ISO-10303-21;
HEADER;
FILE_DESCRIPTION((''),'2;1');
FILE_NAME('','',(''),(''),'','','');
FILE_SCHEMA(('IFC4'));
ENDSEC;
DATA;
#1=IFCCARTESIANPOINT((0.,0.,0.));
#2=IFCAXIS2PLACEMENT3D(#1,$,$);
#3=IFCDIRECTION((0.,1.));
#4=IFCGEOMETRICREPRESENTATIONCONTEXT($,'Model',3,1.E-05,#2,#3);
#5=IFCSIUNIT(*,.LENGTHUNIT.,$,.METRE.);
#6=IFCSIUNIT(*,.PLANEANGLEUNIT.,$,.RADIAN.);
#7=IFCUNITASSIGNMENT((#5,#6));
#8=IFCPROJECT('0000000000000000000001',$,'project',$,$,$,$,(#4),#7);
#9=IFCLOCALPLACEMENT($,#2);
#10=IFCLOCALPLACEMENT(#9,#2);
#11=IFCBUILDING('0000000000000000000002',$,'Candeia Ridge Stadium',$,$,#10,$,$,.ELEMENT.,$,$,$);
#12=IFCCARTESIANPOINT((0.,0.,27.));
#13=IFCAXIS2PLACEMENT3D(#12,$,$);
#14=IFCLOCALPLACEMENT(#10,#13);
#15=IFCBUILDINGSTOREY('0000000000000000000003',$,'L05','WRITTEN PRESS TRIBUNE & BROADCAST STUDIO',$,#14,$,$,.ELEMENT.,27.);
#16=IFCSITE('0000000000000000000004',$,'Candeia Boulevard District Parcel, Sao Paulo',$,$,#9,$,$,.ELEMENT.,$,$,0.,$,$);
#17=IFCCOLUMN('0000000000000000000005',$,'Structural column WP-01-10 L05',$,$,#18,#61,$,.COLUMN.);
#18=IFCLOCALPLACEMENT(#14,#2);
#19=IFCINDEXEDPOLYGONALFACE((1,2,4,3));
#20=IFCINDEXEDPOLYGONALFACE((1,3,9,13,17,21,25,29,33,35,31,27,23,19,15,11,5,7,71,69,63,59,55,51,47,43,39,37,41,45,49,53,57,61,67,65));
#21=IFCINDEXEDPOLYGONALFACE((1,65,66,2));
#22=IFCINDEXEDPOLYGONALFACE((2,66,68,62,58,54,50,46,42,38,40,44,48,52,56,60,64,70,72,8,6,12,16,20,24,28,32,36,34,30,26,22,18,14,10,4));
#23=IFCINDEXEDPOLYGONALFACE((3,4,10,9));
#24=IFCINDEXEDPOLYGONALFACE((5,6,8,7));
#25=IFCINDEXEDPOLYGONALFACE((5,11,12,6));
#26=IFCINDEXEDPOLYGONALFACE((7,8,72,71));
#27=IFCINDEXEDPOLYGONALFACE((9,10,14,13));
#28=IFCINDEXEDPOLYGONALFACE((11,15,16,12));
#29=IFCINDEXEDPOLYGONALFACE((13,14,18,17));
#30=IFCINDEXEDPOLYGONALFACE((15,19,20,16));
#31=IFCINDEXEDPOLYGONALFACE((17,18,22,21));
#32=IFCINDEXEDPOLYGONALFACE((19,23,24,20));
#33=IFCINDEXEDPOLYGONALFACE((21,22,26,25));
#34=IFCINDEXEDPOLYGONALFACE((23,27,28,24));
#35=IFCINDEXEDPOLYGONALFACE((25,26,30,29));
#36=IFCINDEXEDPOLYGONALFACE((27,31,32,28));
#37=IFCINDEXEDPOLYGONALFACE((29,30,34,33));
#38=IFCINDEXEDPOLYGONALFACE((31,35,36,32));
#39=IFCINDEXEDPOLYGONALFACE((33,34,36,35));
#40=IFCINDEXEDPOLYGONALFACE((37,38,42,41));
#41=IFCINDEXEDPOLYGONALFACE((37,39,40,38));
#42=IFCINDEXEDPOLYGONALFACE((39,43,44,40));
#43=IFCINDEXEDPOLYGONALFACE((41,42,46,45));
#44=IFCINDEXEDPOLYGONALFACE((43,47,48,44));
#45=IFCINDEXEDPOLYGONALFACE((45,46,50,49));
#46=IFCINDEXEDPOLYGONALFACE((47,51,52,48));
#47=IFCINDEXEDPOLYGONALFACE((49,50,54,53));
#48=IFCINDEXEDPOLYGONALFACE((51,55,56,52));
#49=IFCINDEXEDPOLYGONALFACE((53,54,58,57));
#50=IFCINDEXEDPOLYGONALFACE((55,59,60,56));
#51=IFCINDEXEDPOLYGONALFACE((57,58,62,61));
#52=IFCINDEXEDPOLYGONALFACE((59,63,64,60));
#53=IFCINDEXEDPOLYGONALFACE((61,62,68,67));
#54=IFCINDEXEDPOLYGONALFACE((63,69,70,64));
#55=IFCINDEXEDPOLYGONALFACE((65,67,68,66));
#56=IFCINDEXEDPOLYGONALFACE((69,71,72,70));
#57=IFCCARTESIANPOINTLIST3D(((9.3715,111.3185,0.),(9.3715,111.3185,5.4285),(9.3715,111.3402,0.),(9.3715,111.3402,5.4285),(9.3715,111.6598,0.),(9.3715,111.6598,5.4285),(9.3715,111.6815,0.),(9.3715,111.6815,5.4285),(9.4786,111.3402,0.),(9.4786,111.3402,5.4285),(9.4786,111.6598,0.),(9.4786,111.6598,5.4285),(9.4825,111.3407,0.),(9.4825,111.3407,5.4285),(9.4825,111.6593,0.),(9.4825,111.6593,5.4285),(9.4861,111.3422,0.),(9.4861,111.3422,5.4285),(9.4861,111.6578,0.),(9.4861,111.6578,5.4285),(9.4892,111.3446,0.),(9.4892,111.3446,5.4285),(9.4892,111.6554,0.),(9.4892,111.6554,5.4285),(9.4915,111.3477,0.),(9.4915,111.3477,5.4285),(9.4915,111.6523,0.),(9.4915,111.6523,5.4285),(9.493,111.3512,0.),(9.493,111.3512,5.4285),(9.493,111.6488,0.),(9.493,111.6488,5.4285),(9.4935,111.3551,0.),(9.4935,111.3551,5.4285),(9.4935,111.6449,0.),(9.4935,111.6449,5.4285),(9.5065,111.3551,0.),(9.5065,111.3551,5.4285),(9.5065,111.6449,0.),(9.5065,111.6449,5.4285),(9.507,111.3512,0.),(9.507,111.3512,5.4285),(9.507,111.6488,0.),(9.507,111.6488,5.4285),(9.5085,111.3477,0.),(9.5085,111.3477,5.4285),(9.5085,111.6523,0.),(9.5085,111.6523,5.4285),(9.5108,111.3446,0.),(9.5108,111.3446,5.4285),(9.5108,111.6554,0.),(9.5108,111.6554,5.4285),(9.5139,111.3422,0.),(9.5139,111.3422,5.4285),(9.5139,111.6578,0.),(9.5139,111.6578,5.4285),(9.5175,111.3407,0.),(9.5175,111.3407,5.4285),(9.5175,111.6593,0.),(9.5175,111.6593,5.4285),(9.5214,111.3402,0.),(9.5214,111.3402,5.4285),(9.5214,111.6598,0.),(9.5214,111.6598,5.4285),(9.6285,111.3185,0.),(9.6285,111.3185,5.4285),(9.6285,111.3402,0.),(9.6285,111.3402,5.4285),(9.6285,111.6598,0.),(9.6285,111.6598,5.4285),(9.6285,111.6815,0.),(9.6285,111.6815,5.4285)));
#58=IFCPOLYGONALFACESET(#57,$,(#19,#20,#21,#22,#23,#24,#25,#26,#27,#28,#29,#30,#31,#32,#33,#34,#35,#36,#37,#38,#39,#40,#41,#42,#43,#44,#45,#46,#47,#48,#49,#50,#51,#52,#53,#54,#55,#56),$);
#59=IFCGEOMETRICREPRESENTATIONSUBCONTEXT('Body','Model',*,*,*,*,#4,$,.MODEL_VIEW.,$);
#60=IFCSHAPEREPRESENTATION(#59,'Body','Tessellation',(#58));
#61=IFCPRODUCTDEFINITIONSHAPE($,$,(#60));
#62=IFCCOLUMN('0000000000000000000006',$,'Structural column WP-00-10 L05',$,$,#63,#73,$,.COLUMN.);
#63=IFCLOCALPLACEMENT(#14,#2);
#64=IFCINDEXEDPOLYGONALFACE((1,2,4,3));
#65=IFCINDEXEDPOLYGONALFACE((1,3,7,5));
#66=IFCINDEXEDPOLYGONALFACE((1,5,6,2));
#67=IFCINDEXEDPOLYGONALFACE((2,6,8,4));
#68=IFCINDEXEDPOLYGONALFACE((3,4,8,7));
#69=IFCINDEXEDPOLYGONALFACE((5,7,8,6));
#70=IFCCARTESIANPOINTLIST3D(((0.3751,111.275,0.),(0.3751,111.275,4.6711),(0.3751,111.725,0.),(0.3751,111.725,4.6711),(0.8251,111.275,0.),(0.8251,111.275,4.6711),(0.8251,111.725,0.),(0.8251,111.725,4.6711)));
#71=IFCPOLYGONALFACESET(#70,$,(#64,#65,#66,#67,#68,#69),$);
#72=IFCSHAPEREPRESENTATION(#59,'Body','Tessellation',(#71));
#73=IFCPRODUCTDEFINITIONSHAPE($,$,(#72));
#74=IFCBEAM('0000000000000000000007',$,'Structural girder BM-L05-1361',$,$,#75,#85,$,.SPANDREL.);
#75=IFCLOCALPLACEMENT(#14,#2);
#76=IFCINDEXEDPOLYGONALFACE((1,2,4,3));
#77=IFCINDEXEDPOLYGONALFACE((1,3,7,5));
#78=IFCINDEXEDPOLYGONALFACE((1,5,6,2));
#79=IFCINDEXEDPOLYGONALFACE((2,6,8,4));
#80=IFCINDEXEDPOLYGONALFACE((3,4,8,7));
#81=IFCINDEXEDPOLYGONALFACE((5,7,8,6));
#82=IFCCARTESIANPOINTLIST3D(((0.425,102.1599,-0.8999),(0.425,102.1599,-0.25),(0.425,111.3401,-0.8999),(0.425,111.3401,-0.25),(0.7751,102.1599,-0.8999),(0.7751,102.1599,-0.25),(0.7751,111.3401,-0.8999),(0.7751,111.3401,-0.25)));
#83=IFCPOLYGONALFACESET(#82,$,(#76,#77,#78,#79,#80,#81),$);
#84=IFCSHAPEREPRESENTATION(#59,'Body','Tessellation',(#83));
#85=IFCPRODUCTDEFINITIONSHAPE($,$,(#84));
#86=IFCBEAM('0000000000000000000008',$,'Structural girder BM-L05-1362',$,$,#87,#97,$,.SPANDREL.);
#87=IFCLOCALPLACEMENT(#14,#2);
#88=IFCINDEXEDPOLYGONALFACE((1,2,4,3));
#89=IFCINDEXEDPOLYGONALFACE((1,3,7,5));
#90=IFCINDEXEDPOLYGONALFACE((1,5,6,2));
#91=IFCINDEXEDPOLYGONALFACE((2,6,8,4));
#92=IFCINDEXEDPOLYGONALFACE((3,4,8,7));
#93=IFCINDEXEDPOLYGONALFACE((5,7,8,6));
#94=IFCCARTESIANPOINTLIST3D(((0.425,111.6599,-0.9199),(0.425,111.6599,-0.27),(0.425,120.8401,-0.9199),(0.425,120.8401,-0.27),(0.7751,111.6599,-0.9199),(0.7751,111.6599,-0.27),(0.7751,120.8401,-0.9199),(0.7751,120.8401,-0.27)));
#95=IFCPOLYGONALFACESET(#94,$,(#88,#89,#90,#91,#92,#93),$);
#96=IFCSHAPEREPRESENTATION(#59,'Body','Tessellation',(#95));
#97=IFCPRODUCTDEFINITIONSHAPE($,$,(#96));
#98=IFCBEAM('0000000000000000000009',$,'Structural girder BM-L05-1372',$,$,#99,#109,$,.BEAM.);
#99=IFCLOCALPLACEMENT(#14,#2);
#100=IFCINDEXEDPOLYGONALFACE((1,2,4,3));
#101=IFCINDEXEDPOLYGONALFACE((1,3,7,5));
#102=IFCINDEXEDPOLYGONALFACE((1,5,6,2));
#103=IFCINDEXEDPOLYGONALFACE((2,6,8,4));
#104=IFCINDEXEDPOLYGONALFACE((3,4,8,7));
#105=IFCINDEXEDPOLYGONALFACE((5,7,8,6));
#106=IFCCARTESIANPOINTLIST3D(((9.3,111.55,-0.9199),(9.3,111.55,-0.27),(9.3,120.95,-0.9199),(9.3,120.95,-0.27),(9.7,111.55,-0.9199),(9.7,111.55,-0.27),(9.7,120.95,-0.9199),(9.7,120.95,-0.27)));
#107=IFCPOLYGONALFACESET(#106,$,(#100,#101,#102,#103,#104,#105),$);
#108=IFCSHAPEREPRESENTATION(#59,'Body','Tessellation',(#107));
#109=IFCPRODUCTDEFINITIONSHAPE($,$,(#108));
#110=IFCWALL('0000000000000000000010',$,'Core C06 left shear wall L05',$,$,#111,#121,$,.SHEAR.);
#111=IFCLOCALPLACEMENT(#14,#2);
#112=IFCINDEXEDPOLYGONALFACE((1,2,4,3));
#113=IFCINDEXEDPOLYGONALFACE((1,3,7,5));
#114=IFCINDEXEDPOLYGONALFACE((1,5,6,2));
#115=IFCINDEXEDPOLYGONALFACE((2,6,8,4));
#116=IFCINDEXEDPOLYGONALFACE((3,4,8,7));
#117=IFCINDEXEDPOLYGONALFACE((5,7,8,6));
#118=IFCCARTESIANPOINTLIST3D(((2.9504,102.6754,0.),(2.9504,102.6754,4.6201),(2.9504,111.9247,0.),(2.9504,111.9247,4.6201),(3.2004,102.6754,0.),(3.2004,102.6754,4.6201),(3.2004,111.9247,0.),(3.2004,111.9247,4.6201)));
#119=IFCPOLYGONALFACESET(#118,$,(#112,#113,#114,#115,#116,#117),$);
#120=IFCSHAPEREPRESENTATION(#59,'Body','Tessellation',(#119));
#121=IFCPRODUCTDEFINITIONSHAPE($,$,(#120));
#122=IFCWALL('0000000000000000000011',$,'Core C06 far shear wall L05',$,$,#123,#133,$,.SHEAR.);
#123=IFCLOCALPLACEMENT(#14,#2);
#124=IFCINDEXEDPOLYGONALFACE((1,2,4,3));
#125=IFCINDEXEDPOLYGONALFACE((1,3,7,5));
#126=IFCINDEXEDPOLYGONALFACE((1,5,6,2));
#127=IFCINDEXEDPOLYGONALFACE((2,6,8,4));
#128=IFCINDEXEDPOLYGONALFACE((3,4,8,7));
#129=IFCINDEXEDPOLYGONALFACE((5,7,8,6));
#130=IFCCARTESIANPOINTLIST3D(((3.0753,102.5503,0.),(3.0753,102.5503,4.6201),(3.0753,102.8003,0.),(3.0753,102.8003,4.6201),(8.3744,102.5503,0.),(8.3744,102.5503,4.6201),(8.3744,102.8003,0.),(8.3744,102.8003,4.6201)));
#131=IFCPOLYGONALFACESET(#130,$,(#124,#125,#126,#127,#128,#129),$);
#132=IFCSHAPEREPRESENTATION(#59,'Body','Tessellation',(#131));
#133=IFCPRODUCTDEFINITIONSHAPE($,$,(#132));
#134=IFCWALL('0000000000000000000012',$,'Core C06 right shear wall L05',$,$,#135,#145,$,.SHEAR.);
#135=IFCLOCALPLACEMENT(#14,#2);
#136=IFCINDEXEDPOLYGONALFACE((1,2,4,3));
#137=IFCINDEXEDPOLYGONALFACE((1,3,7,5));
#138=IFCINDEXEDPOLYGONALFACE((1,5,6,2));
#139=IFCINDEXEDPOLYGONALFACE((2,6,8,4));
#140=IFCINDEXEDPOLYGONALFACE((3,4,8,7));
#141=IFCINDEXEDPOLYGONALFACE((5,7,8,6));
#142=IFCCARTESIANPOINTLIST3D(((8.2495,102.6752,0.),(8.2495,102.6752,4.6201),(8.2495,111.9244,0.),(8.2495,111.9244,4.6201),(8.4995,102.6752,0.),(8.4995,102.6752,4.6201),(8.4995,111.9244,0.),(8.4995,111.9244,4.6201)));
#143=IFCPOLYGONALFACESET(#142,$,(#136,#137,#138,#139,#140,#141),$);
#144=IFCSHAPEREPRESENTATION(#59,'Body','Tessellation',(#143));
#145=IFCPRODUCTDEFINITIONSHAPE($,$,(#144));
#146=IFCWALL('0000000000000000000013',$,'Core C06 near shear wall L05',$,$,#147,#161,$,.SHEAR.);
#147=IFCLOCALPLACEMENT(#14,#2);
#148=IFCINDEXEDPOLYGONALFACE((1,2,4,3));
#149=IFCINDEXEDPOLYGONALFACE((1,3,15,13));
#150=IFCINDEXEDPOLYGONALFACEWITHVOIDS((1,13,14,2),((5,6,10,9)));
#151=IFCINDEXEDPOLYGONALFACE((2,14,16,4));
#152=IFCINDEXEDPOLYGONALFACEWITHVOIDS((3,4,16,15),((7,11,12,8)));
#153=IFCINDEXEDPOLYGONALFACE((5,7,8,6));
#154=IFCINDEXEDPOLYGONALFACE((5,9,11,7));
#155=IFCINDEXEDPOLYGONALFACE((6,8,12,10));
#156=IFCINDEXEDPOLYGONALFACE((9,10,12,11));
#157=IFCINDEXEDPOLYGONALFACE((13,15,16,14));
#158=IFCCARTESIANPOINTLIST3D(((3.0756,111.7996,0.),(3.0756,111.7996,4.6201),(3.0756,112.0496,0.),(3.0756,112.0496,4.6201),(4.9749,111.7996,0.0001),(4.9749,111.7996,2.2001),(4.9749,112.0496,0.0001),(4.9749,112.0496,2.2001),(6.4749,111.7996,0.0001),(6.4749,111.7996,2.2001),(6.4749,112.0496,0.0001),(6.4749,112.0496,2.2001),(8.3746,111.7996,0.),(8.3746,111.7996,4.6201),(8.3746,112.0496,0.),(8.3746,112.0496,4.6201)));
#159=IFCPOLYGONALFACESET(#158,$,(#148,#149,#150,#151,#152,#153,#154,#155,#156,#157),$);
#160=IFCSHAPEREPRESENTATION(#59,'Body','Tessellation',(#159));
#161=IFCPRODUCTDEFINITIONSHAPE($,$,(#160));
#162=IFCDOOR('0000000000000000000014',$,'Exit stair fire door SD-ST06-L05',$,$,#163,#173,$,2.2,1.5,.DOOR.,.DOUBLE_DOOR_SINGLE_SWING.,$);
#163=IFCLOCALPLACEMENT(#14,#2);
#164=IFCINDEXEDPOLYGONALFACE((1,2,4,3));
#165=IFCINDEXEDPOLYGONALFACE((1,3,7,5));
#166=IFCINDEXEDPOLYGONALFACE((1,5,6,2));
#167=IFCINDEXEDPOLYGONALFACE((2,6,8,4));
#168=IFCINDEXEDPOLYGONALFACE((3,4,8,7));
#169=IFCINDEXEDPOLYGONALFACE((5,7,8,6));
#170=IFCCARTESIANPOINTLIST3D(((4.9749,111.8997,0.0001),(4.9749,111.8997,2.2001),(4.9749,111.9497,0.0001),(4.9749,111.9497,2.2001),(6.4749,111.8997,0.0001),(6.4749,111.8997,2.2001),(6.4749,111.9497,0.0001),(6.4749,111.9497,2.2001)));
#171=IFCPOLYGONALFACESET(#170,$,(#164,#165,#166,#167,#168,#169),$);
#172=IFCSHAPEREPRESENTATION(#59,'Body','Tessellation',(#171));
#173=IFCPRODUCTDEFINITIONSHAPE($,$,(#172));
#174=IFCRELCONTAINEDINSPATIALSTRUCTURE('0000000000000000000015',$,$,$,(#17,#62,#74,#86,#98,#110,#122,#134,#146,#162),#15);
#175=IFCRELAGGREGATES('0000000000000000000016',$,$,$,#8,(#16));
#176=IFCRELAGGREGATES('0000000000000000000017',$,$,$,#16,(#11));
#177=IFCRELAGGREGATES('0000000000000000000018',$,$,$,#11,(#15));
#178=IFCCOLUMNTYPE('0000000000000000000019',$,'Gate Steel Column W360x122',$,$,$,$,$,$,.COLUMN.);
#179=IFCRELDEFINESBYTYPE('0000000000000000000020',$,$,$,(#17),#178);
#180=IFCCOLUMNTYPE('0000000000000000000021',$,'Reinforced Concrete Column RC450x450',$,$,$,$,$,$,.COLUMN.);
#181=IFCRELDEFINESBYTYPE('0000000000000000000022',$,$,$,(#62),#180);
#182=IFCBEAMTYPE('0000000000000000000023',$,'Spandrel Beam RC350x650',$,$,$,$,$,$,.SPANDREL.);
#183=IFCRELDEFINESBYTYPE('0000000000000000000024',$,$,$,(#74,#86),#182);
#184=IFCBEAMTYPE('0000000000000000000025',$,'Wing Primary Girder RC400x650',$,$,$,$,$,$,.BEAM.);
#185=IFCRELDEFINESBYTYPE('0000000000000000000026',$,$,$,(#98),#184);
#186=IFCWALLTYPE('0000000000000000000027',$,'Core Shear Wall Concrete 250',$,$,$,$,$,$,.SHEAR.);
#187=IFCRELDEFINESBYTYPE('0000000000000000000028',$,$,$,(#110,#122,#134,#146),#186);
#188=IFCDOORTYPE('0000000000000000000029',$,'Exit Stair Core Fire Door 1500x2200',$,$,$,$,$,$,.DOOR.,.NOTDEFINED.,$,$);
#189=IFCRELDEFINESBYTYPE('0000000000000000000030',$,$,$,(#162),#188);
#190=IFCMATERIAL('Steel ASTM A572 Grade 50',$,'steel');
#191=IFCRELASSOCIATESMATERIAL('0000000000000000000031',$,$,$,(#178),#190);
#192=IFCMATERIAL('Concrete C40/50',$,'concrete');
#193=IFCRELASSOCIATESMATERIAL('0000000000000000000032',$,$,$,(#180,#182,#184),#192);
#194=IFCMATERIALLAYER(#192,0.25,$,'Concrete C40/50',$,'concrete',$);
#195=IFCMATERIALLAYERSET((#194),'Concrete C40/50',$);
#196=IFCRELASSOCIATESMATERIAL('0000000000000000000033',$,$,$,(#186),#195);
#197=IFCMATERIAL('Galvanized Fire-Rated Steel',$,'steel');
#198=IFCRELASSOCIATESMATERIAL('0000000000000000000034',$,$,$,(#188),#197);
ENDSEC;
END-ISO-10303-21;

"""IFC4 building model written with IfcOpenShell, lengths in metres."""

from ifc_helpers import new_model, si_unit, direction, frame, frame_2d, origin, origin_2d, place, context, subcontext, project, spatial, rectangle, i_section, extrude, material, layer, layer_set, material_profile, profile_set, type_object, element, fill, save


model = new_model("IFC4")

# Units and contexts
model_context = context("Model", 3, precision=1e-05, world=origin(), true_north=direction((0.0, 1.0)))
body_context = subcontext(model_context, "Body", "Model", "MODEL_VIEW")
ifc_project = project(units=[si_unit("LENGTHUNIT", "METRE"), si_unit("PLANEANGLEUNIT", "RADIAN")], contexts=[model_context])

# Site, building, storey
site_placement = place(None, origin())
site = spatial("IfcSite", under=ifc_project, at=site_placement, Name="Candeia Boulevard District Parcel, Sao Paulo", CompositionType="ELEMENT", RefElevation=0.0)
building_placement = place(site_placement, origin())
building = spatial("IfcBuilding", under=site, at=building_placement, Name="Candeia Ridge Stadium", CompositionType="ELEMENT")
storey_placement = place(building_placement, frame((0.0, 0.0, 27.0)))
storey = spatial("IfcBuildingStorey", under=building, at=storey_placement, Name="L05", Description="WRITTEN PRESS TRIBUNE & BROADCAST STUDIO", CompositionType="ELEMENT", Elevation=27.0)

# Columns
ifc_material_1 = material(Name="Steel ASTM A572 Grade 50", Category="steel")
ifc_material_profile_1 = material_profile(ifc_material_1, i_section(OverallWidth=0.2571, OverallDepth=0.363, WebThickness=0.0129, FlangeThickness=0.0217, FilletRadius=0.0149, at=origin_2d()), Name="W360x122", Category="steel")
ifc_profile_set_1 = profile_set([ifc_material_profile_1], Name="Steel ASTM A572 Grade 50")
column_type_1 = type_object("IfcColumnType", Name="Gate Steel Column W360x122", PredefinedType="COLUMN", material=ifc_profile_set_1)
column_1_placement = place(storey_placement, frame((9.5, 111.5, 0.0), z_axis=(0.0, 0.0, 1.0), x_axis=(1.0, 0.0, 0.0)))
element("IfcColumn", 1, at=column_1_placement, inside=storey, type_object=column_type_1, Name="Structural column WP-01-10 L05", PredefinedType="COLUMN", context=body_context, shape_type="SweptSolid", body=[
    extrude(i_section(OverallWidth=0.2571, OverallDepth=0.363, WebThickness=0.0129, FlangeThickness=0.0217, FilletRadius=0.0149, at=origin_2d()), origin(), (0.0, 0.0, 1.0), 5.4285),
])
ifc_material_2 = material(Name="Concrete C40/50", Category="concrete")
ifc_material_profile_2 = material_profile(ifc_material_2, rectangle(XDim=0.45, YDim=0.45, at=origin_2d()), Name="RC450x450", Category="concrete")
ifc_profile_set_2 = profile_set([ifc_material_profile_2], Name="Concrete C40/50")
column_type_2 = type_object("IfcColumnType", Name="Reinforced Concrete Column RC450x450", PredefinedType="COLUMN", material=ifc_profile_set_2)
column_2_placement = place(storey_placement, frame((0.6001, 111.5, 0.0), z_axis=(0.0, 0.0, 1.0), x_axis=(1.0, 0.0, 0.0)))
element("IfcColumn", 2, at=column_2_placement, inside=storey, type_object=column_type_2, Name="Structural column WP-00-10 L05", PredefinedType="COLUMN", context=body_context, shape_type="SweptSolid", body=[
    extrude(rectangle(XDim=0.45, YDim=0.45, at=origin_2d()), origin(), (0.0, 0.0, 1.0), 4.6711),
])

# Beams
ifc_material_profile_3 = material_profile(ifc_material_2, rectangle(XDim=0.3501, YDim=0.6499, at=origin_2d()), Name="RC350x650", Category="concrete")
ifc_profile_set_3 = profile_set([ifc_material_profile_3], Name="Concrete C40/50")
beam_type_1 = type_object("IfcBeamType", Name="Spandrel Beam RC350x650", PredefinedType="SPANDREL", material=ifc_profile_set_3)
for number, where, z_axis, x_axis, name in (
    (3, (0.6001, 102.1599, -0.575), (0.0, 1.0, 0.0), (-1.0, 0.0, 0.0), "Structural girder BM-L05-1361"),
    (4, (0.6001, 111.6599, -0.595), (0.0, 1.0, 0.0), (-1.0, 0.0, 0.0), "Structural girder BM-L05-1362"),
):
    element("IfcBeam", number, at=place(storey_placement, frame(where, z_axis=z_axis, x_axis=x_axis)), inside=storey, type_object=beam_type_1, Name=name, PredefinedType="SPANDREL", context=body_context, shape_type="SweptSolid", body=[
        extrude(rectangle(XDim=0.3501, YDim=0.6499, at=origin_2d()), origin(), (0.0, 0.0, 1.0), 9.1802),
    ])
ifc_material_profile_4 = material_profile(ifc_material_2, rectangle(XDim=0.3999, YDim=0.6499, at=origin_2d()), Name="RC400x650", Category="concrete")
ifc_profile_set_4 = profile_set([ifc_material_profile_4], Name="Concrete C40/50")
beam_type_2 = type_object("IfcBeamType", Name="Wing Primary Girder RC400x650", PredefinedType="BEAM", material=ifc_profile_set_4)
beam_placement = place(storey_placement, frame((9.5, 111.55, -0.595), z_axis=(0.0, 1.0, 0.0), x_axis=(-1.0, 0.0, 0.0)))
element("IfcBeam", 5, at=beam_placement, inside=storey, type_object=beam_type_2, Name="Structural girder BM-L05-1372", PredefinedType="BEAM", context=body_context, shape_type="SweptSolid", body=[
    extrude(rectangle(XDim=0.3999, YDim=0.6499, at=origin_2d()), origin(), (0.0, 0.0, 1.0), 9.3999),
])

# Walls
ifc_layer_1 = layer(ifc_material_2, 0.25, Name="Concrete C40/50", Category="concrete")
ifc_layer_set_1 = layer_set([ifc_layer_1], Name="Concrete C40/50")
wall_type_1 = type_object("IfcWallType", Name="Core Shear Wall Concrete 250", PredefinedType="SHEAR", material=ifc_layer_set_1)
wall_1_placement = place(storey_placement, frame((3.0754, 111.9246, 0.0), z_axis=(0.0, 0.0, 1.0), x_axis=(0.0, -1.0, 0.0)))
element("IfcWall", 6, at=wall_1_placement, inside=storey, type_object=wall_type_1, Name="Core C06 left shear wall L05", PredefinedType="SHEAR", context=body_context, shape_type="SweptSolid", body=[
    extrude(rectangle(XDim=9.2493, YDim=0.25, at=frame_2d((4.6245, 0.0))), origin(), (0.0, 0.0, 1.0), 4.6201),
])
wall_2_placement = place(storey_placement, frame((3.0754, 102.6753, 0.0), z_axis=(0.0, 0.0, 1.0), x_axis=(1.0, 0.0, 0.0)))
element("IfcWall", 7, at=wall_2_placement, inside=storey, type_object=wall_type_1, Name="Core C06 far shear wall L05", PredefinedType="SHEAR", context=body_context, shape_type="SweptSolid", body=[
    extrude(rectangle(XDim=5.2991, YDim=0.25, at=frame_2d((2.6494, 0.0))), origin(), (0.0, 0.0, 1.0), 4.6201),
])
wall_3_placement = place(storey_placement, frame((8.3745, 102.6753, 0.0), z_axis=(0.0, 0.0, 1.0), x_axis=(0.0, 1.0, 0.0)))
element("IfcWall", 8, at=wall_3_placement, inside=storey, type_object=wall_type_1, Name="Core C06 right shear wall L05", PredefinedType="SHEAR", context=body_context, shape_type="SweptSolid", body=[
    extrude(rectangle(XDim=9.2493, YDim=0.25, at=frame_2d((4.6245, 0.0))), origin(), (0.0, 0.0, 1.0), 4.6201),
])

# Wall, opening, door
wall_4_placement = place(storey_placement, frame((8.3745, 111.9246, 0.0), z_axis=(0.0, 0.0, 1.0), x_axis=(-1.0, 0.0, 0.0)))
wall_4 = element("IfcWall", 9, at=wall_4_placement, inside=storey, type_object=wall_type_1, Name="Core C06 near shear wall L05", PredefinedType="SHEAR", context=body_context, shape_type="SweptSolid", body=[
    extrude(rectangle(XDim=5.2991, YDim=0.25, at=frame_2d((2.6494, 0.0))), origin(), (0.0, 0.0, 1.0), 4.6201),
])
opening_1_placement = place(wall_4_placement, frame((1.8997, 0.0, 0.0)))
opening_1 = element("IfcOpeningElement", 10, at=opening_1_placement, cuts=wall_4, PredefinedType="OPENING", context=body_context, shape_type="SweptSolid", body=[
    extrude(rectangle(XDim=1.5, YDim=2.2, at=frame_2d((0.75, 1.1001))), frame((0.0, 0.135, 0.0), z_axis=(0.0, -1.0, 0.0), x_axis=(1.0, 0.0, 0.0)), (0.0, 0.0, 1.0), 0.27),
])
ifc_material_3 = material(Name="Galvanized Fire-Rated Steel", Category="steel")
door_type_1 = type_object("IfcDoorType", Name="Exit Stair Core Fire Door 1500x2200", OperationType="NOTDEFINED", PredefinedType="DOOR", material=ifc_material_3)
door_1_placement = place(opening_1_placement, origin())
door_1 = element("IfcDoor", 11, at=door_1_placement, inside=storey, type_object=door_type_1, Name="Exit stair fire door SD-ST06-L05", OperationType="DOUBLE_DOOR_SINGLE_SWING", OverallHeight=2.2, OverallWidth=1.5, PredefinedType="DOOR", context=body_context, shape_type="SweptSolid", body=[
    extrude(rectangle(XDim=1.5, YDim=2.2, at=frame_2d((0.75, 1.1001))), frame((0.0, 0.0249, 0.0), z_axis=(0.0, -1.0, 0.0), x_axis=(1.0, 0.0, 0.0)), (0.0, 0.0, 1.0), 0.05),
])
fill(opening_1, door_1)

save(model, "model.ifc")
